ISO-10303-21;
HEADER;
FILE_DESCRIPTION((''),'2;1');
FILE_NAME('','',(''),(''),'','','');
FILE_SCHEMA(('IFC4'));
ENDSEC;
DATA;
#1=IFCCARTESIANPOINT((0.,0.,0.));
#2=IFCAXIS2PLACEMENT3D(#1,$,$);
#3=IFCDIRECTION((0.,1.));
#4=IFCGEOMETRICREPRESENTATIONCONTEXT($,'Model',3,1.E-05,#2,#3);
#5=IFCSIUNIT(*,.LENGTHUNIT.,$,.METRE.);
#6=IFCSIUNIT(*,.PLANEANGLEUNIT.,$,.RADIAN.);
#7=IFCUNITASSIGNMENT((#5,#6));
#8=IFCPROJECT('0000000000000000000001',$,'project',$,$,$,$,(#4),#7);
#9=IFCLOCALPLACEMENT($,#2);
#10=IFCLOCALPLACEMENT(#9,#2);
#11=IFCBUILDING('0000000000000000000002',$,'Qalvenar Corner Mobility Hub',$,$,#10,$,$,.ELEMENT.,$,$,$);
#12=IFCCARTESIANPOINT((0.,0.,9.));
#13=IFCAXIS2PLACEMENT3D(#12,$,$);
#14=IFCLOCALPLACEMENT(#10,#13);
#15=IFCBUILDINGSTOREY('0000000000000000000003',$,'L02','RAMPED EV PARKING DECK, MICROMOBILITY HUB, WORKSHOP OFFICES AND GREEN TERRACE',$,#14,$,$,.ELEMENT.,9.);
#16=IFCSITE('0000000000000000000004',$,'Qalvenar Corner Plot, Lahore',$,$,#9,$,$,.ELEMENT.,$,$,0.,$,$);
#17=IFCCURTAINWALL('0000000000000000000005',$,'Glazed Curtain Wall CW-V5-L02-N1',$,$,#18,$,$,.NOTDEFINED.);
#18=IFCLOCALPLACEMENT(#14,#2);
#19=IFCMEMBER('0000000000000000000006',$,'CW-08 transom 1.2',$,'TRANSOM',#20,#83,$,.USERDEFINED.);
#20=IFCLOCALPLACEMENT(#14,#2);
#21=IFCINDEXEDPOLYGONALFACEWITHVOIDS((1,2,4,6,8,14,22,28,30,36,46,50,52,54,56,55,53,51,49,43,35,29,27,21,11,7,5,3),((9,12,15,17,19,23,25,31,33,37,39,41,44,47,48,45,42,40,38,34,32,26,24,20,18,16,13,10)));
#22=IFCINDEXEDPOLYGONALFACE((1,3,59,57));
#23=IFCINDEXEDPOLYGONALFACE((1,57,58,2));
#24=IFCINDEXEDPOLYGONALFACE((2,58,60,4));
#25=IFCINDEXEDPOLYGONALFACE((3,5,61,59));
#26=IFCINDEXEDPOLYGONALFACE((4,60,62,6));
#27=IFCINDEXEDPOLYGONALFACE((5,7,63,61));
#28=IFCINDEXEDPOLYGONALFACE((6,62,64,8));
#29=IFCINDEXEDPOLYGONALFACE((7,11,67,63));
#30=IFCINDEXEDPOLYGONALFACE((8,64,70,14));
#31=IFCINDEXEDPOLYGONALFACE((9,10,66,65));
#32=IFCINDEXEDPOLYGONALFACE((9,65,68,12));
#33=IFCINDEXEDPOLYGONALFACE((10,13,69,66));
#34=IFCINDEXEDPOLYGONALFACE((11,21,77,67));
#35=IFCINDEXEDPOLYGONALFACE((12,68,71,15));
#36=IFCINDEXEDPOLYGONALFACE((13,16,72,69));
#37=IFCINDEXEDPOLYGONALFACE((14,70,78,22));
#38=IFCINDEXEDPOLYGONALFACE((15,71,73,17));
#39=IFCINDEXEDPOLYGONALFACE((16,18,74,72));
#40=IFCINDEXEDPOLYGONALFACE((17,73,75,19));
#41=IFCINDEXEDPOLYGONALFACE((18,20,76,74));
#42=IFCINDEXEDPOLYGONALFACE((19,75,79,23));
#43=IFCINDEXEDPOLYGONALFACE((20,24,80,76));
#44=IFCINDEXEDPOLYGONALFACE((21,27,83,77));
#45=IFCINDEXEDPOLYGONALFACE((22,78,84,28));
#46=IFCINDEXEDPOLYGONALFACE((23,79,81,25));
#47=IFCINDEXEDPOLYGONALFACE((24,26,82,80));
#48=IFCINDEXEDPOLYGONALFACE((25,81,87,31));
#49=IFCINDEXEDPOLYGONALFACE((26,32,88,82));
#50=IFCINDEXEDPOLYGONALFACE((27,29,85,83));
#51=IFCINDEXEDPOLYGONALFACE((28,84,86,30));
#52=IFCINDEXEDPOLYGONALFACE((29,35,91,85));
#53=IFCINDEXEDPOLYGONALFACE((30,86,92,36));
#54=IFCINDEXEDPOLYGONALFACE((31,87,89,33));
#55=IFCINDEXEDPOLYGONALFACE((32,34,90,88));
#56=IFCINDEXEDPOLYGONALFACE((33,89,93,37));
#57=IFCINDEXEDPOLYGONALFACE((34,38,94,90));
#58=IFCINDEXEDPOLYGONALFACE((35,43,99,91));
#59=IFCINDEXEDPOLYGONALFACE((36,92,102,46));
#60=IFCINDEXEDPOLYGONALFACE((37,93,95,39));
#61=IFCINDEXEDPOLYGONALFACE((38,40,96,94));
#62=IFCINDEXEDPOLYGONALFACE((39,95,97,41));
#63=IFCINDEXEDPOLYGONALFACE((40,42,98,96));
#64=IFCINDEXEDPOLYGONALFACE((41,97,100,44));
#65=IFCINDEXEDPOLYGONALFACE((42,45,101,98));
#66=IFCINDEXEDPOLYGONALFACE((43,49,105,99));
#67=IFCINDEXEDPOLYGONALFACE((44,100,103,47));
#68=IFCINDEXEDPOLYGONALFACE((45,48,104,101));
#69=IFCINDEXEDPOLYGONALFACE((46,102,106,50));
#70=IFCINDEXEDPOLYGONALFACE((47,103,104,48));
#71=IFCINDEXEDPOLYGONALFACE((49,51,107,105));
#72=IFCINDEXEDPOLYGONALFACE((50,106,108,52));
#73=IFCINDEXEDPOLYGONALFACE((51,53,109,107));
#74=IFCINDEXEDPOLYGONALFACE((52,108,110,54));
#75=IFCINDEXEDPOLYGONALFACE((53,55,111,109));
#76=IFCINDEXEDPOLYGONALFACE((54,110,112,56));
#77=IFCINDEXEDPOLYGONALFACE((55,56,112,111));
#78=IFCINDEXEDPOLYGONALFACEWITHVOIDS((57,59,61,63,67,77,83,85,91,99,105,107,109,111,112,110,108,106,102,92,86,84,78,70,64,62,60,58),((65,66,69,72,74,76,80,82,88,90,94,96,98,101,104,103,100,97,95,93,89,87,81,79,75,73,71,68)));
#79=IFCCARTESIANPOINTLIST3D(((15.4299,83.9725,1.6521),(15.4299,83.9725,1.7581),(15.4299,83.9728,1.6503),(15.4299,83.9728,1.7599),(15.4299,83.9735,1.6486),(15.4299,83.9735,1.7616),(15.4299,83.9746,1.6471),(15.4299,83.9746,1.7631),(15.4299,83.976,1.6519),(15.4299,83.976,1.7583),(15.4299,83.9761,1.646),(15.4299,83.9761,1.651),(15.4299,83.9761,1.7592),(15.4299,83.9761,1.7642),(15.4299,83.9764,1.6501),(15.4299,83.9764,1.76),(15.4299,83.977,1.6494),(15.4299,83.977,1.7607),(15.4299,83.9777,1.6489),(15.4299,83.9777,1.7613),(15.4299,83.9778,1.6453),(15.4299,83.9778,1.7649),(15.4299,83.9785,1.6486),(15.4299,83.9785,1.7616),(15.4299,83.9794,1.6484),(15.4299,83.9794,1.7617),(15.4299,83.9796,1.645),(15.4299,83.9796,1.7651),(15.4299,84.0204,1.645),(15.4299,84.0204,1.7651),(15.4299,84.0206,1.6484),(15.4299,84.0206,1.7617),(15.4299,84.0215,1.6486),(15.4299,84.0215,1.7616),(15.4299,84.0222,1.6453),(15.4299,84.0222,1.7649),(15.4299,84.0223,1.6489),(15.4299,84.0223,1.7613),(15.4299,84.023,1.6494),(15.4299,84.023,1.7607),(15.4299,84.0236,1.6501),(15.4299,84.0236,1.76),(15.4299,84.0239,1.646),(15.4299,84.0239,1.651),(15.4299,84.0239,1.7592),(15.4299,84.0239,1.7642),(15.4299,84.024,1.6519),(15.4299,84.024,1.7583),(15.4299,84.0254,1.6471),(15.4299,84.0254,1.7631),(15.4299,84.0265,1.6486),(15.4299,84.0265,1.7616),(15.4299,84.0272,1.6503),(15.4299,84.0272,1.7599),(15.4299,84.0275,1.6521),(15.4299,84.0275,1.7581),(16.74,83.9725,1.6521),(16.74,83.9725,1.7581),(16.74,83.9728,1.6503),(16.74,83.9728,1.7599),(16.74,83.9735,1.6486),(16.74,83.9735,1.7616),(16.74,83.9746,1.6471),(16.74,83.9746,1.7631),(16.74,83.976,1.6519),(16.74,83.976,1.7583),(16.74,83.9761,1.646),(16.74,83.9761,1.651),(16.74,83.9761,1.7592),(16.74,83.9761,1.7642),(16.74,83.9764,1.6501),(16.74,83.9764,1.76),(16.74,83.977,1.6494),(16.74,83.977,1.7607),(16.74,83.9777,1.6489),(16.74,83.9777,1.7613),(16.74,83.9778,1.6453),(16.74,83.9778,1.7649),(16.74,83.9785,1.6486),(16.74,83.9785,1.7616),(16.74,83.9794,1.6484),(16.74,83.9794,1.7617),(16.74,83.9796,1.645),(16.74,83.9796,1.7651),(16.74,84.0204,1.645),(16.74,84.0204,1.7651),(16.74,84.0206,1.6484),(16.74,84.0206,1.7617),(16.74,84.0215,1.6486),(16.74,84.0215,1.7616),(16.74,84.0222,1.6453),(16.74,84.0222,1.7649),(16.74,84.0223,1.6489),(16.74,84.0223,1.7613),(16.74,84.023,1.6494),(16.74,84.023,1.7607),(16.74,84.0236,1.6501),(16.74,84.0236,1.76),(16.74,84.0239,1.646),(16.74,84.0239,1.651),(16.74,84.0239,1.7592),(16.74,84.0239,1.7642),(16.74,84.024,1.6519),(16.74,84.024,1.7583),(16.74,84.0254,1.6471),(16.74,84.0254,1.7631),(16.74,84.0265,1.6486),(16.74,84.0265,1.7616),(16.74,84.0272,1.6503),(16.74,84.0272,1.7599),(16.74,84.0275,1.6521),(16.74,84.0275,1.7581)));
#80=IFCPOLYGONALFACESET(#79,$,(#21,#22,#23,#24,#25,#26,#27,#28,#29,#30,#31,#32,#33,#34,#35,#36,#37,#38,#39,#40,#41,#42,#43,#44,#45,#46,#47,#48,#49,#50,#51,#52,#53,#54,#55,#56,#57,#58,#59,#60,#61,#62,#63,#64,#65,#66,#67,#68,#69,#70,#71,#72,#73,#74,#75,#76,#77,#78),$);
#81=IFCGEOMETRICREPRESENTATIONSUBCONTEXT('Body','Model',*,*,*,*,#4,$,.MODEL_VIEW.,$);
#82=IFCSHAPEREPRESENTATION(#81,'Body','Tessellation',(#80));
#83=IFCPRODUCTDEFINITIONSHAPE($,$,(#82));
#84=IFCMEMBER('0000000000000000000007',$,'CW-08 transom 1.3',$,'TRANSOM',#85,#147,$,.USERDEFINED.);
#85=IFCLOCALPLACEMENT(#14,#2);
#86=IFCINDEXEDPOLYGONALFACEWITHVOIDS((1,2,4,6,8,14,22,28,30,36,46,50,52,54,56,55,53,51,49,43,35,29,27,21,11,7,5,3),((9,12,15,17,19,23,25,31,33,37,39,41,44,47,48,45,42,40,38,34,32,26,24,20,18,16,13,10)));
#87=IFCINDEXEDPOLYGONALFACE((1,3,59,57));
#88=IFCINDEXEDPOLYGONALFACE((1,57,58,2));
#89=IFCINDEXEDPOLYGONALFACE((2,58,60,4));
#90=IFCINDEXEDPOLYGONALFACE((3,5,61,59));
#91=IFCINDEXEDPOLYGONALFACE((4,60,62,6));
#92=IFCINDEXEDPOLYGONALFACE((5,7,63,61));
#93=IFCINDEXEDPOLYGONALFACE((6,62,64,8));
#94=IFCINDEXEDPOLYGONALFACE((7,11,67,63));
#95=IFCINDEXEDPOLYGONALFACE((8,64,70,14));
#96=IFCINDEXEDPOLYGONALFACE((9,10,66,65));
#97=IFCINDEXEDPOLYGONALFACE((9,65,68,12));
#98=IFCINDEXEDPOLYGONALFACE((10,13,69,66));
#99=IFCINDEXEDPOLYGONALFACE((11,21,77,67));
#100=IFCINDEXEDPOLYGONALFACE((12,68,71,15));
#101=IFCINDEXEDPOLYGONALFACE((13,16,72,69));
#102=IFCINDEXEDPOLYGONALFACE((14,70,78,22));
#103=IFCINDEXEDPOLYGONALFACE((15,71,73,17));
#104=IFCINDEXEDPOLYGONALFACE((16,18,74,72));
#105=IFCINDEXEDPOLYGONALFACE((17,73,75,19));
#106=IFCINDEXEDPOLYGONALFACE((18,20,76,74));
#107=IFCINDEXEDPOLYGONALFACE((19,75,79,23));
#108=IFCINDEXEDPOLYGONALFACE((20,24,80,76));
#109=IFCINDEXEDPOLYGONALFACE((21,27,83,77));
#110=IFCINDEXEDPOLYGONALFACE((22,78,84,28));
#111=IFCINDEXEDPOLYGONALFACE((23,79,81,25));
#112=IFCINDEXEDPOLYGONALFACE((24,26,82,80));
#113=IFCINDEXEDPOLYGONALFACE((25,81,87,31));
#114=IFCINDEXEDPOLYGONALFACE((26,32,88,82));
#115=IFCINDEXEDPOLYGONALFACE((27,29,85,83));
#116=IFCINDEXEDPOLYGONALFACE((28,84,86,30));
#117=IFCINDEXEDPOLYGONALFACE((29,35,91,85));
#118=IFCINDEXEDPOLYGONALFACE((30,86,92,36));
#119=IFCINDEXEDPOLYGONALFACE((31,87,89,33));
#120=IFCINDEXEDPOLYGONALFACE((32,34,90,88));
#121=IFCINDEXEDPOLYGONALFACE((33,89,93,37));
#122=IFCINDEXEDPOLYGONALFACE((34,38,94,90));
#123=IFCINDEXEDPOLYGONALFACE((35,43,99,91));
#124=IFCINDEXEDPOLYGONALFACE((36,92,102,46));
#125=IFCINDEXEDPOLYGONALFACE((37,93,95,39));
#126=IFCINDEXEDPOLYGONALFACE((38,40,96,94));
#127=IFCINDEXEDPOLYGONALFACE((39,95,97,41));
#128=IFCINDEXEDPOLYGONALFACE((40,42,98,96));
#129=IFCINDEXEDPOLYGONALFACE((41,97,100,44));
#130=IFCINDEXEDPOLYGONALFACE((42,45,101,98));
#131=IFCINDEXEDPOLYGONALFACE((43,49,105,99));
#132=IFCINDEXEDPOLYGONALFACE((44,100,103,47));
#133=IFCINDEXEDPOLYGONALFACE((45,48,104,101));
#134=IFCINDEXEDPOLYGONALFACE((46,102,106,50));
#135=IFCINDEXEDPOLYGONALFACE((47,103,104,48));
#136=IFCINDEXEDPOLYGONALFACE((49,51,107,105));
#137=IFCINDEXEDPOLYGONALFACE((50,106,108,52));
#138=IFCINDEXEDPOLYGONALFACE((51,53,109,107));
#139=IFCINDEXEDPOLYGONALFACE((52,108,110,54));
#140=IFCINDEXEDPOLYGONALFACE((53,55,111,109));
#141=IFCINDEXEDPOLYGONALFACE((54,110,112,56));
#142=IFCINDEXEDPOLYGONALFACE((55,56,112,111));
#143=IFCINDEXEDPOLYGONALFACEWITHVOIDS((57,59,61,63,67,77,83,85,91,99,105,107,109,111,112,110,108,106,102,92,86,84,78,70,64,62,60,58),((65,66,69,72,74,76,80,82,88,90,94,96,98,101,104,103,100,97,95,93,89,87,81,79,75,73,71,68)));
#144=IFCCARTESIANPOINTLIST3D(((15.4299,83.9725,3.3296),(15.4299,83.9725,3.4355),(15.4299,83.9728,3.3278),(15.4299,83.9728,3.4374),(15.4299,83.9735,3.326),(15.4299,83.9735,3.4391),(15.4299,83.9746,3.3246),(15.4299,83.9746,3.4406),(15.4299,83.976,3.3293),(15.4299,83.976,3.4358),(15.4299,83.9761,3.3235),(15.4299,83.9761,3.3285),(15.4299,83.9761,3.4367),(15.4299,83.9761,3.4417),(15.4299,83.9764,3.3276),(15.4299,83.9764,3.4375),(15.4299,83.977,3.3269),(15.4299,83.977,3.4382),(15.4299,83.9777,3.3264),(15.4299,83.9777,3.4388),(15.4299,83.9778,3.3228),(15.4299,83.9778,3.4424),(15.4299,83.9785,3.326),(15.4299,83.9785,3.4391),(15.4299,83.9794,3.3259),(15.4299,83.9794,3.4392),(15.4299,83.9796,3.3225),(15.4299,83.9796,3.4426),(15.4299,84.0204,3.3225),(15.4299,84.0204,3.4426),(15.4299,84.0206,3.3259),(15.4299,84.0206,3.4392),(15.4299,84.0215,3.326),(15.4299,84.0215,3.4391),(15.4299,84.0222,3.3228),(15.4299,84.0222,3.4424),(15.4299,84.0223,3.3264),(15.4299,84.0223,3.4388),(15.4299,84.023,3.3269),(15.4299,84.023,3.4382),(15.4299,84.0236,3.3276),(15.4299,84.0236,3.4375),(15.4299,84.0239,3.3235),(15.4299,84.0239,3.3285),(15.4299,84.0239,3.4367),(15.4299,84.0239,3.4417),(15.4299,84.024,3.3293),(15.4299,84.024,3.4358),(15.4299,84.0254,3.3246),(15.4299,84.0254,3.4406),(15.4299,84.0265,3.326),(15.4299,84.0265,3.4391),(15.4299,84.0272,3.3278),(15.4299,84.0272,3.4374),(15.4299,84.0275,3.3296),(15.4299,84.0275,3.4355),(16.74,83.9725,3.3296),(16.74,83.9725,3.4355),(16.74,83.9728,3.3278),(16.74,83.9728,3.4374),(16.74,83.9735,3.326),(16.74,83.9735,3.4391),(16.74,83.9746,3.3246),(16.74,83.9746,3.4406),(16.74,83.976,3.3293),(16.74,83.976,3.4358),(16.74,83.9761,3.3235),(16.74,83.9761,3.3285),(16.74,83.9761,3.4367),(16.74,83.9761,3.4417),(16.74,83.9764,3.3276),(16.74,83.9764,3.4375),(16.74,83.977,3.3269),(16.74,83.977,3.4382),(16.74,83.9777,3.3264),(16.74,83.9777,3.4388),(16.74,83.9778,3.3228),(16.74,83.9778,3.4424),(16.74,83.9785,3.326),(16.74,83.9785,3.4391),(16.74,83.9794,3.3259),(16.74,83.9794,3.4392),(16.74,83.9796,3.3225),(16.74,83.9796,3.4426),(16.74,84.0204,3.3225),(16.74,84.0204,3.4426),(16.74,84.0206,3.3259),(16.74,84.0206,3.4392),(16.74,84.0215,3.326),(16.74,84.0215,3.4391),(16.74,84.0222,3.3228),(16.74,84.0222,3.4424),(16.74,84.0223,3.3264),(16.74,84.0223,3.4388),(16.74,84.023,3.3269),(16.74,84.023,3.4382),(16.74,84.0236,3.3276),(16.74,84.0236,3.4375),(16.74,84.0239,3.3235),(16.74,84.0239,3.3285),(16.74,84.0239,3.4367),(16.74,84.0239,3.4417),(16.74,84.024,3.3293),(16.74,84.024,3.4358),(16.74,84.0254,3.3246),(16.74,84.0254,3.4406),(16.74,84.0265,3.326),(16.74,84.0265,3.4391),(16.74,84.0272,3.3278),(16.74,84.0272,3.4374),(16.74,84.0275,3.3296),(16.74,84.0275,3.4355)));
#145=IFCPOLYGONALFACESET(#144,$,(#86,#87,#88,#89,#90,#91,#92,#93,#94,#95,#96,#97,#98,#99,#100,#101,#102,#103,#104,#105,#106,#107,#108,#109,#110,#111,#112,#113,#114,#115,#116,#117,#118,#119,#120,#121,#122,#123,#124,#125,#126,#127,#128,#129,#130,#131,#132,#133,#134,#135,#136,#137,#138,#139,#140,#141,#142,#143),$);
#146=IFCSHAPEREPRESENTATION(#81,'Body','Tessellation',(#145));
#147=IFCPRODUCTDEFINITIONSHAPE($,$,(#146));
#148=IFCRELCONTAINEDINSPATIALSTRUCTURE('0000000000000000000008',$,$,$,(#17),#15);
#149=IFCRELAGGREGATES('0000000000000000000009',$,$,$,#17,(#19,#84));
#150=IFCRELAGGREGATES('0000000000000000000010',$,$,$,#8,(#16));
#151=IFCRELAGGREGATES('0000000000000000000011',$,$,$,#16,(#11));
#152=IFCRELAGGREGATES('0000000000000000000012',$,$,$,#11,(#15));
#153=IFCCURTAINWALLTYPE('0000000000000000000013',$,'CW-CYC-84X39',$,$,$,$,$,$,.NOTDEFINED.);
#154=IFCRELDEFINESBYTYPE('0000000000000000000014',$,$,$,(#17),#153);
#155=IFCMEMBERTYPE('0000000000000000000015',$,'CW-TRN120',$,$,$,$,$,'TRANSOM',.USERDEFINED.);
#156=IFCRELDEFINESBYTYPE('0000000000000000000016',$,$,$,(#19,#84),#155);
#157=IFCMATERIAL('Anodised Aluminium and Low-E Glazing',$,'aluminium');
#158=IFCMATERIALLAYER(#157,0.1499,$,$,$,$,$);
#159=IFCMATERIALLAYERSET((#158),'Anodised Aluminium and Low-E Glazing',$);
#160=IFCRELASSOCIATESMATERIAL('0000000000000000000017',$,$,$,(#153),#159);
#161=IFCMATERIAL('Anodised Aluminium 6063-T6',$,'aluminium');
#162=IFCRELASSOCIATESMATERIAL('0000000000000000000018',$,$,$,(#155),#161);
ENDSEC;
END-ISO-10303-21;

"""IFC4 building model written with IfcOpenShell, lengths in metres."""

from ifc_helpers import new_model, si_unit, direction, frame, origin, origin_2d, place, context, subcontext, project, spatial, hollow_rectangle, extrude, material, layer, layer_set, material_profile, profile_set, type_object, element, aggregate, save


model = new_model("IFC4")

# Units and contexts
model_context = context("Model", 3, precision=1e-05, world=origin(), true_north=direction((0.0, 1.0)))
body_context = subcontext(model_context, "Body", "Model", "MODEL_VIEW")
ifc_project = project(units=[si_unit("LENGTHUNIT", "METRE"), si_unit("PLANEANGLEUNIT", "RADIAN")], contexts=[model_context])

# Site, building, storey
site_placement = place(None, origin())
site = spatial("IfcSite", under=ifc_project, at=site_placement, Name="Qalvenar Corner Plot, Lahore", CompositionType="ELEMENT", RefElevation=0.0)
building_placement = place(site_placement, origin())
building = spatial("IfcBuilding", under=site, at=building_placement, Name="Qalvenar Corner Mobility Hub", CompositionType="ELEMENT")
storey_placement = place(building_placement, frame((0.0, 0.0, 9.0)))
storey = spatial("IfcBuildingStorey", under=building, at=storey_placement, Name="L02", Description="RAMPED EV PARKING DECK, MICROMOBILITY HUB, WORKSHOP OFFICES AND GREEN TERRACE", CompositionType="ELEMENT", Elevation=9.0)

# Curtain wall
ifc_material_1 = material(Name="Anodised Aluminium and Low-E Glazing", Category="aluminium")
ifc_layer_1 = layer(ifc_material_1, 0.1499)
ifc_layer_set_1 = layer_set([ifc_layer_1], Name="Anodised Aluminium and Low-E Glazing")
curtain_wall_type = type_object("IfcCurtainWallType", Name="CW-CYC-84X39", PredefinedType="NOTDEFINED", material=ifc_layer_set_1)
curtain_wall_1_placement = place(storey_placement, origin())
curtain_wall_1 = element("IfcCurtainWall", 1, at=curtain_wall_1_placement, inside=storey, type_object=curtain_wall_type, Name="Glazed Curtain Wall CW-V5-L02-N1", PredefinedType="NOTDEFINED")
ifc_material_2 = material(Name="Anodised Aluminium 6063-T6", Category="aluminium")

# Members
ifc_material_profile_1 = material_profile(ifc_material_2, hollow_rectangle(XDim=0.0549, YDim=0.1201, WallThickness=0.0034, InnerFilletRadius=0.0034, OuterFilletRadius=0.0071, at=origin_2d()), Name="RHS120x55x3.5")
ifc_profile_set_1 = profile_set([ifc_material_profile_1], Name="Anodised Aluminium 6063-T6")
member_type_1 = type_object("IfcMemberType", Name="CW-TRN120", ElementType="TRANSOM", PredefinedType="USERDEFINED", material=ifc_profile_set_1)
member_1_placement = place(storey_placement, frame((16.74, 84.0, 1.7051), z_axis=(-1.0, 0.0, 0.0), x_axis=(0.0, -1.0, 0.0)))
member_1 = element("IfcMember", 2, at=member_1_placement, type_object=member_type_1, Name="CW-08 transom 1.2", ObjectType="TRANSOM", PredefinedType="USERDEFINED", context=body_context, shape_type="SweptSolid", body=[
    extrude(hollow_rectangle(XDim=0.0549, YDim=0.1201, WallThickness=0.0034, InnerFilletRadius=0.0034, OuterFilletRadius=0.0071, at=origin_2d()), origin(), (0.0, 0.0, 1.0), 1.3101),
])
member_2_placement = place(storey_placement, frame((16.74, 84.0, 3.3826), z_axis=(-1.0, 0.0, 0.0), x_axis=(0.0, -1.0, 0.0)))
member_2 = element("IfcMember", 3, at=member_2_placement, type_object=member_type_1, Name="CW-08 transom 1.3", ObjectType="TRANSOM", PredefinedType="USERDEFINED", context=body_context, shape_type="SweptSolid", body=[
    extrude(hollow_rectangle(XDim=0.0549, YDim=0.1201, WallThickness=0.0034, InnerFilletRadius=0.0034, OuterFilletRadius=0.0071, at=origin_2d()), origin(), (0.0, 0.0, 1.0), 1.3101),
])
aggregate(curtain_wall_1, [member_1, member_2])

save(model, "model.ifc")
